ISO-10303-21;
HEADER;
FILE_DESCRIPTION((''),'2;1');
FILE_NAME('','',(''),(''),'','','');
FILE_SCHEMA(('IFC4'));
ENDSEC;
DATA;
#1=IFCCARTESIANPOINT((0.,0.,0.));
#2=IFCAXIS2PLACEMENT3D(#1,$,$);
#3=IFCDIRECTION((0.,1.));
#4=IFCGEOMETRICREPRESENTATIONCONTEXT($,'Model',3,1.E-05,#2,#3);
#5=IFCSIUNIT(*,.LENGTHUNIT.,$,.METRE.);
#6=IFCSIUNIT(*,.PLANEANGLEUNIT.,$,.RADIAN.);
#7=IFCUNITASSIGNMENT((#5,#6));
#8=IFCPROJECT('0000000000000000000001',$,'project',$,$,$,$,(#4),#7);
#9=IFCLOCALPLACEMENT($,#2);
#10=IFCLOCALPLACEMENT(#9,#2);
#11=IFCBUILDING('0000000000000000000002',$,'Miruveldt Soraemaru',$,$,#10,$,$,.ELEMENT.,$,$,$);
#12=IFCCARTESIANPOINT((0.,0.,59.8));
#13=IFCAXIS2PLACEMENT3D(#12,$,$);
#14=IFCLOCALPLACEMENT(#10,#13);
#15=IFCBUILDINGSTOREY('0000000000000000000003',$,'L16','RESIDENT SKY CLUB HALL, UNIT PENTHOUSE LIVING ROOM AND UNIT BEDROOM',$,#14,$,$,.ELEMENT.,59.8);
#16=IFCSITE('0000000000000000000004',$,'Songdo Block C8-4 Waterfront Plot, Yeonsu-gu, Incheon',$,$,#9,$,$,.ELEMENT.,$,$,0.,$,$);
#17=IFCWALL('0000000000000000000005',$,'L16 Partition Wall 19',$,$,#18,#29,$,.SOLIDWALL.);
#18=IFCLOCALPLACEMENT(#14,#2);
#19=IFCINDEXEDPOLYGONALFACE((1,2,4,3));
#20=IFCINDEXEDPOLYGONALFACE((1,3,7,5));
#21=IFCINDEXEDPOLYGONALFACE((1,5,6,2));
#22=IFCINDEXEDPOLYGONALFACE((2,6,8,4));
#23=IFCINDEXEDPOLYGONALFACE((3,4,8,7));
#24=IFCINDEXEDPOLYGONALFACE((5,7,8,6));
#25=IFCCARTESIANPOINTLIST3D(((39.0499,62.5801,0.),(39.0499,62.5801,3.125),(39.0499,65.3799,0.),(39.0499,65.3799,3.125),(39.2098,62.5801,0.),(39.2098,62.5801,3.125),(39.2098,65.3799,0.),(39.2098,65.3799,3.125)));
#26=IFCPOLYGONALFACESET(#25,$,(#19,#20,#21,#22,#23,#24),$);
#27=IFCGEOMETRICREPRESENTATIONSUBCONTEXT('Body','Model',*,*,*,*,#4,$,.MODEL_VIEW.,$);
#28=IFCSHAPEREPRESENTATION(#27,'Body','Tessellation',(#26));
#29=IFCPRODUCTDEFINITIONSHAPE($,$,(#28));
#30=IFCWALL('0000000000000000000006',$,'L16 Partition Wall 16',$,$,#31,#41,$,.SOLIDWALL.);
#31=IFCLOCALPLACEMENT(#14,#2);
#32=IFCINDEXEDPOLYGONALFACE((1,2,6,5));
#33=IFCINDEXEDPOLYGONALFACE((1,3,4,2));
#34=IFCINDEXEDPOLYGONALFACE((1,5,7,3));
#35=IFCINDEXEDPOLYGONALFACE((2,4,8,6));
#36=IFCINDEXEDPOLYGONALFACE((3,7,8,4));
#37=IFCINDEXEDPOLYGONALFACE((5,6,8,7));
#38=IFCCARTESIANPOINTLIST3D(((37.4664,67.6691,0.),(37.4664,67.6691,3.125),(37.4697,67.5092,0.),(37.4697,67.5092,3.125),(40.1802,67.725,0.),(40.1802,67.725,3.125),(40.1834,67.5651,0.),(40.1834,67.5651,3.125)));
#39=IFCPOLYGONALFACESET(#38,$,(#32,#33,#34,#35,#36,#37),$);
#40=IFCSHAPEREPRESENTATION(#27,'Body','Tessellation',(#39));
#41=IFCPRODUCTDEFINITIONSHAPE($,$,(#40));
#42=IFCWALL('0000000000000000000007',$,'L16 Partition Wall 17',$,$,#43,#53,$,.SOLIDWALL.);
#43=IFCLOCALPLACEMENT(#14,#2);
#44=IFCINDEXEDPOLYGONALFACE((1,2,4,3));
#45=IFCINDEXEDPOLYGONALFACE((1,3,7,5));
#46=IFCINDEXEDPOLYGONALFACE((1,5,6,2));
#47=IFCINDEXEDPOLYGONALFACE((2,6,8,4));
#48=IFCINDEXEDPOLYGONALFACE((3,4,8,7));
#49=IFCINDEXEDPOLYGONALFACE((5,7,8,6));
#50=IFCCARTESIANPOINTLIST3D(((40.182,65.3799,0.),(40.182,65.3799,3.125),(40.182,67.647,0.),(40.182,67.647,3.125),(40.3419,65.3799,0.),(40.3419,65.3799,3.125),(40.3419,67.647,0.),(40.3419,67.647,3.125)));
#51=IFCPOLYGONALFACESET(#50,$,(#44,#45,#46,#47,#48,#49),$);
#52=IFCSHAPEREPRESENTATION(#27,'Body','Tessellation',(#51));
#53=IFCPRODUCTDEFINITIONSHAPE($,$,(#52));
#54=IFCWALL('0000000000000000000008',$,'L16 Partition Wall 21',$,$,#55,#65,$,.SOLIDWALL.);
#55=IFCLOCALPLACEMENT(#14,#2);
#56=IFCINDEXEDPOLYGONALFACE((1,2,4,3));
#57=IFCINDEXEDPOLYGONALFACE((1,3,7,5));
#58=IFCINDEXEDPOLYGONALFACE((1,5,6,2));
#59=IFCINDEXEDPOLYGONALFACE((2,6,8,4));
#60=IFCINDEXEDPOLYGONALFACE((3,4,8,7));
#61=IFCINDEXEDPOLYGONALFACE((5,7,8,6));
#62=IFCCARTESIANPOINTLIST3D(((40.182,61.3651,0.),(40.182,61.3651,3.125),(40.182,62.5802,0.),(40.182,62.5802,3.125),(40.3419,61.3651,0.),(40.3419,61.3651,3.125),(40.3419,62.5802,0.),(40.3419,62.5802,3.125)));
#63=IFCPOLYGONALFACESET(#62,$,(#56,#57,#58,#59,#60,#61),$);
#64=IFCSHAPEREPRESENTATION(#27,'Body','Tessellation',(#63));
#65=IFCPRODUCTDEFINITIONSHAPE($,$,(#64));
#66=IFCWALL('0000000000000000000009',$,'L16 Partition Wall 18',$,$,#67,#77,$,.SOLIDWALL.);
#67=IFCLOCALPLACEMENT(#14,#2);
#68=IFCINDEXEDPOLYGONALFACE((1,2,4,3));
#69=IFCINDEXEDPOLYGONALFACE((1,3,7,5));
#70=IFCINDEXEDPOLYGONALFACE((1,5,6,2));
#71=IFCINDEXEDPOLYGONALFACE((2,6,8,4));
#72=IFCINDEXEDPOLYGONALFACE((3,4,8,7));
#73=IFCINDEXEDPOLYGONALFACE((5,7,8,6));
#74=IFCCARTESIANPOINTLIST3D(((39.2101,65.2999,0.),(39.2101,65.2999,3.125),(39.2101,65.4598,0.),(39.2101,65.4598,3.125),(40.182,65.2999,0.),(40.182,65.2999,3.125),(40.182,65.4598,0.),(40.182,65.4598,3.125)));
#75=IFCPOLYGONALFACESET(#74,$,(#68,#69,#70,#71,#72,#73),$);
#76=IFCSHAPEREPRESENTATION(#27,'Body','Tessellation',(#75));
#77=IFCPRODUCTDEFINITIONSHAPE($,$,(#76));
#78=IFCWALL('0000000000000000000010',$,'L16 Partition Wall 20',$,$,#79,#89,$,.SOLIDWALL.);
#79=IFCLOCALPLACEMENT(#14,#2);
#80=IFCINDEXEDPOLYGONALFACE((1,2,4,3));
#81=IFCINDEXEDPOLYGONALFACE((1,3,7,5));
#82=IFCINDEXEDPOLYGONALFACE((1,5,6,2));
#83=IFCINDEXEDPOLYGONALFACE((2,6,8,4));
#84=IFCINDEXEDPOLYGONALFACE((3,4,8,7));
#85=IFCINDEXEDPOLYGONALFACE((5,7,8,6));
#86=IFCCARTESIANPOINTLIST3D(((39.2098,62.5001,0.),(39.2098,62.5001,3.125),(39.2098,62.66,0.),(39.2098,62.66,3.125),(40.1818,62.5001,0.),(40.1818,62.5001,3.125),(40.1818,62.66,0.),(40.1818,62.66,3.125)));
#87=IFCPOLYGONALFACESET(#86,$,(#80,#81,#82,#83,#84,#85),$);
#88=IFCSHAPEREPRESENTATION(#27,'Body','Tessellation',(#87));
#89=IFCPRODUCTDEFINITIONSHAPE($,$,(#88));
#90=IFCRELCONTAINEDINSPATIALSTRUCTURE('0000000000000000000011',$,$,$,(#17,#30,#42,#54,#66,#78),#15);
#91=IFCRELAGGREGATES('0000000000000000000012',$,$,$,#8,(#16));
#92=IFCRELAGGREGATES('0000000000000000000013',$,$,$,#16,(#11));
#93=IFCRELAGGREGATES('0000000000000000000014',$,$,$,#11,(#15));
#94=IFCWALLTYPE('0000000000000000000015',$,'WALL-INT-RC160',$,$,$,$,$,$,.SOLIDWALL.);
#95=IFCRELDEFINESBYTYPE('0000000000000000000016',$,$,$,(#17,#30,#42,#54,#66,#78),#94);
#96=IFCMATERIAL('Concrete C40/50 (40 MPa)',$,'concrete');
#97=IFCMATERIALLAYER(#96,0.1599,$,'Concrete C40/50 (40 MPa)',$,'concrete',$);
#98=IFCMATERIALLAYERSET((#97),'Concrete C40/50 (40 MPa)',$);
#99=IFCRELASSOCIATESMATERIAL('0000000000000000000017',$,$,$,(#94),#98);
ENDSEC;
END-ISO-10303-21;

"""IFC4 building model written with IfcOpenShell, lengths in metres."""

from ifc_helpers import new_model, si_unit, direction, frame, frame_2d, origin, place, context, subcontext, project, spatial, rectangle, extrude, material, layer, layer_set, type_object, element, save


model = new_model("IFC4")

# Units and contexts
model_context = context("Model", 3, precision=1e-05, world=origin(), true_north=direction((0.0, 1.0)))
body_context = subcontext(model_context, "Body", "Model", "MODEL_VIEW")
ifc_project = project(units=[si_unit("LENGTHUNIT", "METRE"), si_unit("PLANEANGLEUNIT", "RADIAN")], contexts=[model_context])

# Site, building, storey
site_placement = place(None, origin())
site = spatial("IfcSite", under=ifc_project, at=site_placement, Name="Songdo Block C8-4 Waterfront Plot, Yeonsu-gu, Incheon", CompositionType="ELEMENT", RefElevation=0.0)
building_placement = place(site_placement, origin())
building = spatial("IfcBuilding", under=site, at=building_placement, Name="Miruveldt Soraemaru", CompositionType="ELEMENT")
storey_placement = place(building_placement, frame((0.0, 0.0, 59.8)))
storey = spatial("IfcBuildingStorey", under=building, at=storey_placement, Name="L16", Description="RESIDENT SKY CLUB HALL, UNIT PENTHOUSE LIVING ROOM AND UNIT BEDROOM", CompositionType="ELEMENT", Elevation=59.8)

# Shared definitions
ifc_material_1 = material(Name="Concrete C40/50 (40 MPa)", Category="concrete")
ifc_layer_1 = layer(ifc_material_1, 0.1599, Name="Concrete C40/50 (40 MPa)", Category="concrete")
ifc_layer_set_1 = layer_set([ifc_layer_1], Name="Concrete C40/50 (40 MPa)")
wall_type_1 = type_object("IfcWallType", Name="WALL-INT-RC160", PredefinedType="SOLIDWALL", material=ifc_layer_set_1)

# Walls
wall_1_placement = place(storey_placement, frame((39.1299, 65.3799, 0.0), z_axis=(0.0, 0.0, 1.0), x_axis=(0.0, -1.0, 0.0)))
element("IfcWall", 1, at=wall_1_placement, inside=storey, type_object=wall_type_1, Name="L16 Partition Wall 19", PredefinedType="SOLIDWALL", context=body_context, shape_type="SweptSolid", body=[
    extrude(rectangle(XDim=2.7998, YDim=0.1599, at=frame_2d((1.3999, 0.0))), origin(), (0.0, 0.0, 1.0), 3.125),
])
wall_2_placement = place(storey_placement, frame((37.468, 67.5891, 0.0), z_axis=(0.0, 0.0, 1.0), x_axis=(0.999788, 0.020597, 0.0)))
element("IfcWall", 2, at=wall_2_placement, inside=storey, type_object=wall_type_1, Name="L16 Partition Wall 16", PredefinedType="SOLIDWALL", context=body_context, shape_type="SweptSolid", body=[
    extrude(rectangle(XDim=2.7144, YDim=0.1599, at=frame_2d((1.3572, 0.0))), origin(), (0.0, 0.0, 1.0), 3.125),
])
wall_3_placement = place(storey_placement, frame((40.262, 67.647, 0.0), z_axis=(0.0, 0.0, 1.0), x_axis=(0.0, -1.0, 0.0)))
element("IfcWall", 3, at=wall_3_placement, inside=storey, type_object=wall_type_1, Name="L16 Partition Wall 17", PredefinedType="SOLIDWALL", context=body_context, shape_type="SweptSolid", body=[
    extrude(rectangle(XDim=2.2671, YDim=0.1599, at=frame_2d((1.1335, 0.0))), origin(), (0.0, 0.0, 1.0), 3.125),
])
wall_4_placement = place(storey_placement, frame((40.262, 62.5801, 0.0), z_axis=(0.0, 0.0, 1.0), x_axis=(0.0, -1.0, 0.0)))
element("IfcWall", 4, at=wall_4_placement, inside=storey, type_object=wall_type_1, Name="L16 Partition Wall 21", PredefinedType="SOLIDWALL", context=body_context, shape_type="SweptSolid", body=[
    extrude(rectangle(XDim=1.2151, YDim=0.1599, at=frame_2d((0.6074, 0.0))), origin(), (0.0, 0.0, 1.0), 3.125),
])
for number, where, z_axis, x_axis, name in (
    (5, (40.1819, 65.3799, 0.0), (0.0, 0.0, 1.0), (-1.0, 0.0, 0.0), "L16 Partition Wall 18"),
    (6, (39.21, 62.5801, 0.0), (0.0, 0.0, 1.0), (1.0, 0.0, 0.0), "L16 Partition Wall 20"),
):
    element("IfcWall", number, at=place(storey_placement, frame(where, z_axis=z_axis, x_axis=x_axis)), inside=storey, type_object=wall_type_1, Name=name, PredefinedType="SOLIDWALL", context=body_context, shape_type="SweptSolid", body=[
        extrude(rectangle(XDim=0.9719, YDim=0.1599, at=frame_2d((0.4858, 0.0))), origin(), (0.0, 0.0, 1.0), 3.125),
    ])

save(model, "model.ifc")
